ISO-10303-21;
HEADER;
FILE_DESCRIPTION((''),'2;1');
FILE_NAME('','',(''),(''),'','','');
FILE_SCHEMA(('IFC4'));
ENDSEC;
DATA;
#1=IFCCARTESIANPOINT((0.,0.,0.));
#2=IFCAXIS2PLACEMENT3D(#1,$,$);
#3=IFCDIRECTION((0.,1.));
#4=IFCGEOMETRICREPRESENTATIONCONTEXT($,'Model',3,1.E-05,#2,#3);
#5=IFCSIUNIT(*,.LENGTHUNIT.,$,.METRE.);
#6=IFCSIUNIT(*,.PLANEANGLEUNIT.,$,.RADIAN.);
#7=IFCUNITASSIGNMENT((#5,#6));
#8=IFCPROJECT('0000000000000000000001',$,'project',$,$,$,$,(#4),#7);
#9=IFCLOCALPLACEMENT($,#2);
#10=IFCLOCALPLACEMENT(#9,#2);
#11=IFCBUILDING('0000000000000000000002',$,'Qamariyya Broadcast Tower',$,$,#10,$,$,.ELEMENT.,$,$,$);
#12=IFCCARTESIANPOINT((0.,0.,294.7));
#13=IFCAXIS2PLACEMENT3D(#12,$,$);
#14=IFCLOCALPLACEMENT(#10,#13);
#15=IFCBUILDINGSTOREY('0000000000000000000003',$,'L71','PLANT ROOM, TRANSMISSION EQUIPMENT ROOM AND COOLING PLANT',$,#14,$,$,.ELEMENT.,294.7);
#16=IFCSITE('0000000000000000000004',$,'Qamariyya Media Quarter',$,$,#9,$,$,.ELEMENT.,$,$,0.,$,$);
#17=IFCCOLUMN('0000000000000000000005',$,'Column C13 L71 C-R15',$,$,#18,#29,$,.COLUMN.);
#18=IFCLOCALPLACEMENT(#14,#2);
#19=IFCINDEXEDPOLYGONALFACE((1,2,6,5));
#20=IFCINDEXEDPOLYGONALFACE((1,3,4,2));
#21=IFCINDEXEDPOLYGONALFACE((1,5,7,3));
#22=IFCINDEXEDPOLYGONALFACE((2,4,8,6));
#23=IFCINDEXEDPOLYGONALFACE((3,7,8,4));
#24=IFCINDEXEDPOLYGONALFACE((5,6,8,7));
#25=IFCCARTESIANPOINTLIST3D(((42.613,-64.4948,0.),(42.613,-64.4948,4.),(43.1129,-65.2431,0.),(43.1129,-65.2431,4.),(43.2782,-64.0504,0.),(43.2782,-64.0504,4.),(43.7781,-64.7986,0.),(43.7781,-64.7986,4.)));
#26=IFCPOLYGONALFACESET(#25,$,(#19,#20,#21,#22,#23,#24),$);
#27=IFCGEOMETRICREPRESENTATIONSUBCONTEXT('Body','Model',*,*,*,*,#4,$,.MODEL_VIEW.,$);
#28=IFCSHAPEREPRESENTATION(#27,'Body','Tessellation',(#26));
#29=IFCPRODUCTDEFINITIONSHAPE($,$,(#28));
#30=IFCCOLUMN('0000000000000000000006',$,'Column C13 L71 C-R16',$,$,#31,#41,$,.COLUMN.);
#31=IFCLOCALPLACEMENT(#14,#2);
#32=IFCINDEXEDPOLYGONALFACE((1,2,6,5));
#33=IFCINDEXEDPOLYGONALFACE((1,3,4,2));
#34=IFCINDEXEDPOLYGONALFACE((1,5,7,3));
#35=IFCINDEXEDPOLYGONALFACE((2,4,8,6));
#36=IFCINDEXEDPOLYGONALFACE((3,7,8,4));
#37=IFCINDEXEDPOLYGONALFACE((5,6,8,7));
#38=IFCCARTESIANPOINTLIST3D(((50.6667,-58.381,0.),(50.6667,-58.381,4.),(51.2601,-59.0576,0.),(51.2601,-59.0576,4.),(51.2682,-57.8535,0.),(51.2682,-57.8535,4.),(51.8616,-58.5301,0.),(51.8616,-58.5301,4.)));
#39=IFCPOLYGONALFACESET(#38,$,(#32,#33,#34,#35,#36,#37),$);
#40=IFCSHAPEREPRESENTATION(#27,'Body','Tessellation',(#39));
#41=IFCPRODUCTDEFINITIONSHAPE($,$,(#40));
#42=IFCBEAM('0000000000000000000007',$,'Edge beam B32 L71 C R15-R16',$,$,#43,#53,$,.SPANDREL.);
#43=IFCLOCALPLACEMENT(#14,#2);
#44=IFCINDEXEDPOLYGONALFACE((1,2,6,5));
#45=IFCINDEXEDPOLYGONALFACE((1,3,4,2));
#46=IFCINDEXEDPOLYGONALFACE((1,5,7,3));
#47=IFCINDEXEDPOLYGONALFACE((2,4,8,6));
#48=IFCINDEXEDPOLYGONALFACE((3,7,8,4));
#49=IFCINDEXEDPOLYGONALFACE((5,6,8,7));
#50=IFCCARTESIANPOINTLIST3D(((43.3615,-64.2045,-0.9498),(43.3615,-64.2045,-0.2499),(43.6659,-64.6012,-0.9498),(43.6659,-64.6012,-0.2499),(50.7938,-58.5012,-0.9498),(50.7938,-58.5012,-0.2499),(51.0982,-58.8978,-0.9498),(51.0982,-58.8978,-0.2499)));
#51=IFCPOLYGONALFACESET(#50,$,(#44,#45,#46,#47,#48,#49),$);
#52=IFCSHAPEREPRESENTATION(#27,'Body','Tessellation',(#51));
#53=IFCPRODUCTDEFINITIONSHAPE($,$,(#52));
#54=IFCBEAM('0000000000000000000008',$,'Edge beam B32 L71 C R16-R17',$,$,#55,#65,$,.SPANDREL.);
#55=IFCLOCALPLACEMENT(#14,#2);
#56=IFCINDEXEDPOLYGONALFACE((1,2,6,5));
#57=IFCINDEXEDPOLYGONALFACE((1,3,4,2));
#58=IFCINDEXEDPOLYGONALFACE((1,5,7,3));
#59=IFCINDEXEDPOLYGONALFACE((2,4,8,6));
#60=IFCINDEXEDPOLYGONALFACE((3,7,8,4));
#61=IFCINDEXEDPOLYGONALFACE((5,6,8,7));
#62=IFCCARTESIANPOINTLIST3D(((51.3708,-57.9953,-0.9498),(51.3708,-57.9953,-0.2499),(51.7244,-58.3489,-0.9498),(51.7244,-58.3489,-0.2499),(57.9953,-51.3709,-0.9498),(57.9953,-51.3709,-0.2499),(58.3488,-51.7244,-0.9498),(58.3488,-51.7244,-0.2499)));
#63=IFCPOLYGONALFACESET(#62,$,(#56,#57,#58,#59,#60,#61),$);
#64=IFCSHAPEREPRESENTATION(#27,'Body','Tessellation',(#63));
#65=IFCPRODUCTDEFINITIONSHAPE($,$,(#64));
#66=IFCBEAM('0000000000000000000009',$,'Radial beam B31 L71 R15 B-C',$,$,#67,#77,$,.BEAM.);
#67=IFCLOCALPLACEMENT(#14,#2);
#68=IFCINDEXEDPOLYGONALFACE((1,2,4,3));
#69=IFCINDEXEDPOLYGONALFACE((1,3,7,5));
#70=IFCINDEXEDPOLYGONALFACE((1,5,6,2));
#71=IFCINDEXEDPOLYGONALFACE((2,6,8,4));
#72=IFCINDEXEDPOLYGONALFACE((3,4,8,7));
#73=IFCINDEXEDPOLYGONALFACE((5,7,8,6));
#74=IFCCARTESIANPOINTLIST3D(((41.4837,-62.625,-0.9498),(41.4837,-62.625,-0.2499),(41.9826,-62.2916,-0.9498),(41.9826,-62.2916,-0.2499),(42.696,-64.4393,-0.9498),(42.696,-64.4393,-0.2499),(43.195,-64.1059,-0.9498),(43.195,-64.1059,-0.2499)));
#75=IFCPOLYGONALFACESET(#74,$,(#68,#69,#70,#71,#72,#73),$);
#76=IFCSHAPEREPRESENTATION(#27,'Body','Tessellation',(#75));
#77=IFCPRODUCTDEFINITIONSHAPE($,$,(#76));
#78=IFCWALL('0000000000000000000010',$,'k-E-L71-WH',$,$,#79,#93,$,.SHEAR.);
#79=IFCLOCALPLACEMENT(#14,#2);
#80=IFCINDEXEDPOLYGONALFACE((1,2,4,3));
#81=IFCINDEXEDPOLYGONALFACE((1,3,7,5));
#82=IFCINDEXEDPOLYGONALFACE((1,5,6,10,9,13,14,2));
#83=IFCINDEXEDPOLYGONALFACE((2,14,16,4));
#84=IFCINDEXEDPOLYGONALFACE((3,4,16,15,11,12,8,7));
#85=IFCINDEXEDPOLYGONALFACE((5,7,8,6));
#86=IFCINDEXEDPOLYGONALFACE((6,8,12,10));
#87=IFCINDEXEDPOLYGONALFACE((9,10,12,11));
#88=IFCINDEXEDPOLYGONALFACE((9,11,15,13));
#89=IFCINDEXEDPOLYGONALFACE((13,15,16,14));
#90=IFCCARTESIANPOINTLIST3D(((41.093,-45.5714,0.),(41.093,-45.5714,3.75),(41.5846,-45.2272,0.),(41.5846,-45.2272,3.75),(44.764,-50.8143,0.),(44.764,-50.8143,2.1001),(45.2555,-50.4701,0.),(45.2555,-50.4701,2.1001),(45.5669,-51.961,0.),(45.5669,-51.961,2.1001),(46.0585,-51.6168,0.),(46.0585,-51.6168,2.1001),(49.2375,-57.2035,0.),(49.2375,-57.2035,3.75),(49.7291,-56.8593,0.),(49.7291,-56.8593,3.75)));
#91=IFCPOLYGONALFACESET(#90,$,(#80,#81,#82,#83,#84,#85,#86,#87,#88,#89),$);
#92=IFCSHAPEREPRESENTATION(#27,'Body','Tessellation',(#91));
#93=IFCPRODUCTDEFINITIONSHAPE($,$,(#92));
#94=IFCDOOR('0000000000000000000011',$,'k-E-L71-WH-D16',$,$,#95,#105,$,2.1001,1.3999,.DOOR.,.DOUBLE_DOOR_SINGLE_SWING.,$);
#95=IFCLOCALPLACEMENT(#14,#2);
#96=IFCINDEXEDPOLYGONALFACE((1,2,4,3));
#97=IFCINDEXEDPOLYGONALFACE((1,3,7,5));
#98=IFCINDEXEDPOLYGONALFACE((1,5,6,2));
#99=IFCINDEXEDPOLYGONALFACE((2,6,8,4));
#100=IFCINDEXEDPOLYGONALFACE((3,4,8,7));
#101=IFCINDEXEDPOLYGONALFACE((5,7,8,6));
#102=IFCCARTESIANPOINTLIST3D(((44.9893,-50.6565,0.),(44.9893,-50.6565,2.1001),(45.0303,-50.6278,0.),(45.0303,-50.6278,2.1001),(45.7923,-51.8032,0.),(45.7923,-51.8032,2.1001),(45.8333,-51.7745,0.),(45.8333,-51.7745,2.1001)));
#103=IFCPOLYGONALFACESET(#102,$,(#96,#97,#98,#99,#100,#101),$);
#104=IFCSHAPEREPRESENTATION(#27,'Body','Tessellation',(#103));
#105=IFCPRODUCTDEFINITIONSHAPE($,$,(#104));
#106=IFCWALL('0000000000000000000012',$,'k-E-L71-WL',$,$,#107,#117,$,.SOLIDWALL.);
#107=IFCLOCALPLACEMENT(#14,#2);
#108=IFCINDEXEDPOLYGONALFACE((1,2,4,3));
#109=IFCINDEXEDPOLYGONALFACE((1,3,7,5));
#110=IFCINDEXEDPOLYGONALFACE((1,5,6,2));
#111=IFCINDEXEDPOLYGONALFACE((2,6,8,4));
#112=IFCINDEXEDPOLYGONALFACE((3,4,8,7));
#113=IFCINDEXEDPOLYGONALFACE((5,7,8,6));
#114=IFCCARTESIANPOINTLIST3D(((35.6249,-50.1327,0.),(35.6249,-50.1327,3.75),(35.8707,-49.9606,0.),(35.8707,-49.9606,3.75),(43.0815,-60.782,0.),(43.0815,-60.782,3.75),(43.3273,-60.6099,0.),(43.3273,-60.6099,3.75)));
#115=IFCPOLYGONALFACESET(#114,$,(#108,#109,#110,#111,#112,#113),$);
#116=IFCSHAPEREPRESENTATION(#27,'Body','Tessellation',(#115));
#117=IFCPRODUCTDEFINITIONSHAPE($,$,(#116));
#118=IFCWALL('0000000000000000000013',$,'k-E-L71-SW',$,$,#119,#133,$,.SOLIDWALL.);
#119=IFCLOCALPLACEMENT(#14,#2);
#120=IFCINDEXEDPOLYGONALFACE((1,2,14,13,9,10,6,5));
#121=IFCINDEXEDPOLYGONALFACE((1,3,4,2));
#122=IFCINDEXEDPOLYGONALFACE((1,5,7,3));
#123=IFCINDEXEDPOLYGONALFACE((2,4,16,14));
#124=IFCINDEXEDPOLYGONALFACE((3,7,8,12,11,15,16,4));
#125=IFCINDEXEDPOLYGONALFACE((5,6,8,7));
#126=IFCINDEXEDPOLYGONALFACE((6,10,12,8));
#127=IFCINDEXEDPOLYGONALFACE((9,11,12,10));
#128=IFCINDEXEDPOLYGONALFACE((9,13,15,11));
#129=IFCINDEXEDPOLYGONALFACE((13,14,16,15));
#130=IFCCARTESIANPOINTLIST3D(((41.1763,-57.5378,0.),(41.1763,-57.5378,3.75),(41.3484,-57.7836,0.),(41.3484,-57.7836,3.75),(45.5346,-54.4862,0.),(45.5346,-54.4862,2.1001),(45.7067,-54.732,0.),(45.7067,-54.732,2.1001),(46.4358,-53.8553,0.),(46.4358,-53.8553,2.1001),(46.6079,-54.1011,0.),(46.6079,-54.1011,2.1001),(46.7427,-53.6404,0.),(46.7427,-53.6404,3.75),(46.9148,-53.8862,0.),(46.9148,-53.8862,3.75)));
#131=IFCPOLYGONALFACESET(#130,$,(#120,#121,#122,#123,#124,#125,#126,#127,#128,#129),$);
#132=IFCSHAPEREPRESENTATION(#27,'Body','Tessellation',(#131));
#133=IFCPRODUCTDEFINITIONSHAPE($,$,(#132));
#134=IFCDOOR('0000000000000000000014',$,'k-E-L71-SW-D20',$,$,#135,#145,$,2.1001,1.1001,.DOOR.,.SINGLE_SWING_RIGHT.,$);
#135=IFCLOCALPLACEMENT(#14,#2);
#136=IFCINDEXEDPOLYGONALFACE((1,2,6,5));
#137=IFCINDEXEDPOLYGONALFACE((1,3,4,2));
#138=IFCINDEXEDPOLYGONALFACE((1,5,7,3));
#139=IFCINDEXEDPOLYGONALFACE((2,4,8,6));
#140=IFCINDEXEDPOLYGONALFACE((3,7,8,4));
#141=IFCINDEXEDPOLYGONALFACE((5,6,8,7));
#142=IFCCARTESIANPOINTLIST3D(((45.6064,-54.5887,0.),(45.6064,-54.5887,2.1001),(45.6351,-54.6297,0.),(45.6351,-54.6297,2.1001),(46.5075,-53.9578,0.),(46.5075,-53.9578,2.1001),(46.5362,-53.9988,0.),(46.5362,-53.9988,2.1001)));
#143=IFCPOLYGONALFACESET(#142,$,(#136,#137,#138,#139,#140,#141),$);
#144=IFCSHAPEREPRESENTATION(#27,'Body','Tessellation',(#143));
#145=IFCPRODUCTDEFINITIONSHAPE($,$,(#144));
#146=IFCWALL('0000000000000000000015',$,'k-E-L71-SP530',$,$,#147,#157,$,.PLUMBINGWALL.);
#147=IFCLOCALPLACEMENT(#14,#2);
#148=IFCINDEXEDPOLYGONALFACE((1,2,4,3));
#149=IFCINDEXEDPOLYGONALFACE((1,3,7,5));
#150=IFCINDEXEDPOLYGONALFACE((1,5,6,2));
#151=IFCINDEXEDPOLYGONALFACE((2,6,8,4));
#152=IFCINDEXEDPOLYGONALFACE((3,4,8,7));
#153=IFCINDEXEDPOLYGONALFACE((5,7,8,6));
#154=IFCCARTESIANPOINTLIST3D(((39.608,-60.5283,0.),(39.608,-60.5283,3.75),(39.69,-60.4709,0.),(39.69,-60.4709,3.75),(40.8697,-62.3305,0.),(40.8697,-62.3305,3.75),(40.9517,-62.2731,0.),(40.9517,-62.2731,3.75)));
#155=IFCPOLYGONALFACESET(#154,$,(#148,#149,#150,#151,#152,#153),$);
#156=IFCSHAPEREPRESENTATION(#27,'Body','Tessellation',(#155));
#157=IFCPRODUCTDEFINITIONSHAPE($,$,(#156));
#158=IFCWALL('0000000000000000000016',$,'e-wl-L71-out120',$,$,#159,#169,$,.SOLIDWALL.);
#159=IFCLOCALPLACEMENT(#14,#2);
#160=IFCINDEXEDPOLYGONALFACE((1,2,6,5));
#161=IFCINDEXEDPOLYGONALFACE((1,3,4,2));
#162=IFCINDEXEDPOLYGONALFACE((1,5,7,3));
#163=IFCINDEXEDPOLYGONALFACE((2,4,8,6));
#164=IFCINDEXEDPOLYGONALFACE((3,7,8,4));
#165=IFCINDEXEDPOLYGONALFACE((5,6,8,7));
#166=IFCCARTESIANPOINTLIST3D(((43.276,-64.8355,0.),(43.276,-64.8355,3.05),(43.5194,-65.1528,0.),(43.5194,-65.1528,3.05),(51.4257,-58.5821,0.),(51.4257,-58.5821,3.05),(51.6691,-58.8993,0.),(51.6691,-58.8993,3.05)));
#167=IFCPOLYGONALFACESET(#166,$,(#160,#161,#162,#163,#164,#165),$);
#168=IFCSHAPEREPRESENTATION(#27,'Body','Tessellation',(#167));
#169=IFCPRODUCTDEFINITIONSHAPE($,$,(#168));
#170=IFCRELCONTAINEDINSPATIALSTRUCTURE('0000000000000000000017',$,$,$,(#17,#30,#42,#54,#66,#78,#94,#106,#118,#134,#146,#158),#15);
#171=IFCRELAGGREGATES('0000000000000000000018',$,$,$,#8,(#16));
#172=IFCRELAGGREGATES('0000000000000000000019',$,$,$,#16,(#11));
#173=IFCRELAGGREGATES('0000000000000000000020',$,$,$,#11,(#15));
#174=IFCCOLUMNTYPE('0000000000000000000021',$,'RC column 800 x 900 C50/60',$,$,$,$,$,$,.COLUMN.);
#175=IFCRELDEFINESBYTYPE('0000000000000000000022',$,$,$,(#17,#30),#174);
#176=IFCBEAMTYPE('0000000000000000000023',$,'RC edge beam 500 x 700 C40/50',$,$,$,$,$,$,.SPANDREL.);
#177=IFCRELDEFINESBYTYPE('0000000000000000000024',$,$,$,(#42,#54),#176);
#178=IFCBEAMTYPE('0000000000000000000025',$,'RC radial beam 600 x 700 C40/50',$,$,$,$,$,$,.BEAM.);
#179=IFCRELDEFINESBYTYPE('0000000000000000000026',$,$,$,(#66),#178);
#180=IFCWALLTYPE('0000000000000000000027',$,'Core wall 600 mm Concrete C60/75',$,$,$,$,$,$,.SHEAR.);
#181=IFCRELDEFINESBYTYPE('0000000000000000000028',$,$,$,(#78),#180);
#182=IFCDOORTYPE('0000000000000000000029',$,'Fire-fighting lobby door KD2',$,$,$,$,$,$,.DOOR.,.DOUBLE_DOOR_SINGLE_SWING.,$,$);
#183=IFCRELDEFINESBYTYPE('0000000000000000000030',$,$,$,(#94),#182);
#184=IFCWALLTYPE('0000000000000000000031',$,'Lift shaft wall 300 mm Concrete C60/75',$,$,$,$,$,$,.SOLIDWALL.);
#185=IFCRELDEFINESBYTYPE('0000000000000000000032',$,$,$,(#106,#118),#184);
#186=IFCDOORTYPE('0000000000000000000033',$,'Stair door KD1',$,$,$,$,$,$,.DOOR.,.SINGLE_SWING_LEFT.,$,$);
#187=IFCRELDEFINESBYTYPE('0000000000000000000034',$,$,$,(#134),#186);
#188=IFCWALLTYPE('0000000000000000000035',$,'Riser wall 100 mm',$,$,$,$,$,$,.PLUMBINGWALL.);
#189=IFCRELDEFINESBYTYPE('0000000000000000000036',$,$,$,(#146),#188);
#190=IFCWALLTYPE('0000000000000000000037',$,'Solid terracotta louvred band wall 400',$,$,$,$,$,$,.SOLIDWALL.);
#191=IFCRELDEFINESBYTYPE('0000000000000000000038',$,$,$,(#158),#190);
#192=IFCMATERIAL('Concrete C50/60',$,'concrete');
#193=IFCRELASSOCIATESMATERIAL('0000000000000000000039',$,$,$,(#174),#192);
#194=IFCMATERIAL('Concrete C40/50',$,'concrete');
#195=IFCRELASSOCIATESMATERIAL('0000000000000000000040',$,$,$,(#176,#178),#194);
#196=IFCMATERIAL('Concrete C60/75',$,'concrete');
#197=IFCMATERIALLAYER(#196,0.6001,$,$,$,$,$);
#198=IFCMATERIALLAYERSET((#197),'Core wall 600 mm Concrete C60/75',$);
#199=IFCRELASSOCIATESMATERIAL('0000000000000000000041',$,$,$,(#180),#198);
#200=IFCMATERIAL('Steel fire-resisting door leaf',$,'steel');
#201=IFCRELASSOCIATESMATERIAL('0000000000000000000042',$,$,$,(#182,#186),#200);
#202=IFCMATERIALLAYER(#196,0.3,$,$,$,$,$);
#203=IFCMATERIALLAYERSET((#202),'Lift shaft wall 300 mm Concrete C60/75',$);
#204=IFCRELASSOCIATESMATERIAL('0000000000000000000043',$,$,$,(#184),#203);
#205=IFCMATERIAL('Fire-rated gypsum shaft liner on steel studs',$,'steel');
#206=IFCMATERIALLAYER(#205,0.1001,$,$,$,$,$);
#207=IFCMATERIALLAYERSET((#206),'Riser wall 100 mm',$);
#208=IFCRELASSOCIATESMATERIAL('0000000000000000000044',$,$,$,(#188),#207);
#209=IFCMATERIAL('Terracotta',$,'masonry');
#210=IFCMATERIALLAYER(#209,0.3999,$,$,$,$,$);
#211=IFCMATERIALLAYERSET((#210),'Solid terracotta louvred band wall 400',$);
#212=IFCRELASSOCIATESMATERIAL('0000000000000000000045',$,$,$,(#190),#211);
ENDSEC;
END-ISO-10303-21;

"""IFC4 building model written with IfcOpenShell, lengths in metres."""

from ifc_helpers import new_model, si_unit, direction, frame, frame_2d, origin, origin_2d, place, context, subcontext, project, spatial, rectangle, extrude, material, layer, layer_set, material_profile, profile_set, type_object, element, fill, save


model = new_model("IFC4")

# Units and contexts
model_context = context("Model", 3, precision=1e-05, world=origin(), true_north=direction((0.0, 1.0)))
body_context = subcontext(model_context, "Body", "Model", "MODEL_VIEW")
ifc_project = project(units=[si_unit("LENGTHUNIT", "METRE"), si_unit("PLANEANGLEUNIT", "RADIAN")], contexts=[model_context])

# Site, building, storey
site_placement = place(None, origin())
site = spatial("IfcSite", under=ifc_project, at=site_placement, Name="Qamariyya Media Quarter", CompositionType="ELEMENT", RefElevation=0.0)
building_placement = place(site_placement, origin())
building = spatial("IfcBuilding", under=site, at=building_placement, Name="Qamariyya Broadcast Tower", CompositionType="ELEMENT")
storey_placement = place(building_placement, frame((0.0, 0.0, 294.7)))
storey = spatial("IfcBuildingStorey", under=building, at=storey_placement, Name="L71", Description="PLANT ROOM, TRANSMISSION EQUIPMENT ROOM AND COOLING PLANT", CompositionType="ELEMENT", Elevation=294.7)

# Columns
ifc_material_1 = material(Name="Concrete C50/60", Category="concrete")
ifc_material_profile_1 = material_profile(ifc_material_1, rectangle(XDim=0.8, YDim=0.8999, at=origin_2d()))
ifc_profile_set_1 = profile_set([ifc_material_profile_1], Name="Concrete C50/60")
column_type = type_object("IfcColumnType", Name="RC column 800 x 900 C50/60", PredefinedType="COLUMN", material=ifc_profile_set_1)
for number, where, z_axis, x_axis, name in (
    (1, (43.1956, -64.6467, 0.0), (0.0, 0.0, 1.0), (0.83147, 0.55557, 0.0), "Column C13 L71 C-R15"),
    (2, (51.2642, -58.4556, 0.0), (0.0, 0.0, 1.0), (0.75184, 0.659346, 0.0), "Column C13 L71 C-R16"),
):
    element("IfcColumn", number, at=place(storey_placement, frame(where, z_axis=z_axis, x_axis=x_axis)), inside=storey, type_object=column_type, Name=name, PredefinedType="COLUMN", context=body_context, shape_type="SweptSolid", body=[
        extrude(rectangle(XDim=0.8, YDim=0.8999, at=origin_2d()), origin(), (0.0, 0.0, 1.0), 4.0),
    ])

# Beams
ifc_material_2 = material(Name="Concrete C40/50", Category="concrete")
ifc_material_profile_2 = material_profile(ifc_material_2, rectangle(XDim=0.5, YDim=0.7, at=origin_2d()))
ifc_profile_set_2 = profile_set([ifc_material_profile_2], Name="Concrete C40/50")
beam_type_1 = type_object("IfcBeamType", Name="RC edge beam 500 x 700 C40/50", PredefinedType="SPANDREL", material=ifc_profile_set_2)
for number, where, z_axis, x_axis, name in (
    (3, (43.5137, -64.4028, -0.5999), (0.793337, 0.608782, 0.0), (-0.608782, 0.793337, 0.0), "Edge beam B32 L71 C R15-R16"),
    (4, (51.5476, -58.1721, -0.5999), (0.707107, 0.707107, 0.0), (-0.707107, 0.707107, 0.0), "Edge beam B32 L71 C R16-R17"),
):
    element("IfcBeam", number, at=place(storey_placement, frame(where, z_axis=z_axis, x_axis=x_axis)), inside=storey, type_object=beam_type_1, Name=name, PredefinedType="SPANDREL", context=body_context, shape_type="SweptSolid", body=[
        extrude(rectangle(XDim=0.5, YDim=0.7, at=origin_2d()), origin(), (0.0, 0.0, 1.0), 9.3684),
    ])
ifc_material_profile_3 = material_profile(ifc_material_2, rectangle(XDim=0.6001, YDim=0.7, at=origin_2d()))
ifc_profile_set_3 = profile_set([ifc_material_profile_3], Name="Concrete C40/50")
beam_type_2 = type_object("IfcBeamType", Name="RC radial beam 600 x 700 C40/50", PredefinedType="BEAM", material=ifc_profile_set_3)
beam_placement = place(storey_placement, frame((41.7332, -62.4583, -0.5999), z_axis=(0.555578, -0.831465, 0.0), x_axis=(0.831465, 0.555578, 0.0)))
element("IfcBeam", 5, at=beam_placement, inside=storey, type_object=beam_type_2, Name="Radial beam B31 L71 R15 B-C", PredefinedType="BEAM", context=body_context, shape_type="SweptSolid", body=[
    extrude(rectangle(XDim=0.6001, YDim=0.7, at=origin_2d()), origin(), (0.0, 0.0, 1.0), 2.1821),
])

# Wall, opening, door
ifc_material_3 = material(Name="Concrete C60/75", Category="concrete")
ifc_layer_1 = layer(ifc_material_3, 0.6001)
ifc_layer_set_1 = layer_set([ifc_layer_1], Name="Core wall 600 mm Concrete C60/75")
wall_type_1 = type_object("IfcWallType", Name="Core wall 600 mm Concrete C60/75", PredefinedType="SHEAR", material=ifc_layer_set_1)
wall_1_placement = place(storey_placement, frame((49.4834, -57.0315, 0.0), z_axis=(0.0, 0.0, 1.0), x_axis=(-0.57356, 0.819163, 0.0)))
wall_1 = element("IfcWall", 6, at=wall_1_placement, inside=storey, type_object=wall_type_1, Name="k-E-L71-WH", PredefinedType="SHEAR", context=body_context, shape_type="SweptSolid", body=[
    extrude(rectangle(XDim=14.2, YDim=0.6001, at=frame_2d((7.1001, 0.0))), origin(), (0.0, 0.0, 1.0), 3.75),
])
opening_1_placement = place(wall_1_placement, frame((6.3999, 0.0, 0.0)))
opening_1 = element("IfcOpeningElement", 7, at=opening_1_placement, cuts=wall_1, PredefinedType="OPENING", context=body_context, shape_type="SweptSolid", body=[
    extrude(rectangle(XDim=1.3999, YDim=2.1001, at=frame_2d((0.7, 1.05))), frame((0.0, 0.3101, 0.0), z_axis=(0.0, -1.0, 0.0), x_axis=(1.0, 0.0, 0.0)), (0.0, 0.0, 1.0), 0.6201),
])
ifc_material_4 = material(Name="Steel fire-resisting door leaf", Category="steel")
door_type_1 = type_object("IfcDoorType", Name="Fire-fighting lobby door KD2", OperationType="DOUBLE_DOOR_SINGLE_SWING", PredefinedType="DOOR", material=ifc_material_4)
door_1_placement = place(opening_1_placement, origin())
door_1 = element("IfcDoor", 8, at=door_1_placement, inside=storey, type_object=door_type_1, Name="k-E-L71-WH-D16", OperationType="DOUBLE_DOOR_SINGLE_SWING", OverallHeight=2.1001, OverallWidth=1.3999, PredefinedType="DOOR", context=body_context, shape_type="SweptSolid", body=[
    extrude(rectangle(XDim=1.3999, YDim=2.1001, at=frame_2d((0.7, 1.05))), frame((0.0, 0.0249, 0.0), z_axis=(0.0, -1.0, 0.0), x_axis=(1.0, 0.0, 0.0)), (0.0, 0.0, 1.0), 0.05),
])
fill(opening_1, door_1)

# Wall
ifc_layer_2 = layer(ifc_material_3, 0.3)
ifc_layer_set_2 = layer_set([ifc_layer_2], Name="Lift shaft wall 300 mm Concrete C60/75")
wall_type_2 = type_object("IfcWallType", Name="Lift shaft wall 300 mm Concrete C60/75", PredefinedType="SOLIDWALL", material=ifc_layer_set_2)
wall_2_placement = place(storey_placement, frame((43.2043, -60.6958, 0.0), z_axis=(0.0, 0.0, 1.0), x_axis=(-0.573572, 0.819155, 0.0)))
element("IfcWall", 9, at=wall_2_placement, inside=storey, type_object=wall_type_2, Name="k-E-L71-WL", PredefinedType="SOLIDWALL", context=body_context, shape_type="SweptSolid", body=[
    extrude(rectangle(XDim=13.0002, YDim=0.3, at=frame_2d((6.5, 0.0))), origin(), (0.0, 0.0, 1.0), 3.75),
])

# Wall, opening, door
wall_3_placement = place(storey_placement, frame((41.2625, -57.6606, 0.0), z_axis=(0.0, 0.0, 1.0), x_axis=(0.819164, 0.573559, 0.0)))
wall_3 = element("IfcWall", 10, at=wall_3_placement, inside=storey, type_object=wall_type_2, Name="k-E-L71-SW", PredefinedType="SOLIDWALL", context=body_context, shape_type="SweptSolid", body=[
    extrude(rectangle(XDim=6.7952, YDim=0.3, at=frame_2d((3.3975, 0.0))), origin(), (0.0, 0.0, 1.0), 3.75),
])
opening_2_placement = place(wall_3_placement, frame((5.3203, 0.0, 0.0)))
opening_2 = element("IfcOpeningElement", 11, at=opening_2_placement, cuts=wall_3, PredefinedType="OPENING", context=body_context, shape_type="SweptSolid", body=[
    extrude(rectangle(XDim=1.1001, YDim=2.1001, at=frame_2d((0.55, 1.05))), frame((0.0, 0.1599, 0.0), z_axis=(0.0, -1.0, 0.0), x_axis=(1.0, 0.0, 0.0)), (0.0, 0.0, 1.0), 0.3201),
])
door_type_2 = type_object("IfcDoorType", Name="Stair door KD1", OperationType="SINGLE_SWING_LEFT", PredefinedType="DOOR", material=ifc_material_4)
door_2_placement = place(opening_2_placement, origin())
door_2 = element("IfcDoor", 12, at=door_2_placement, inside=storey, type_object=door_type_2, Name="k-E-L71-SW-D20", OperationType="SINGLE_SWING_RIGHT", OverallHeight=2.1001, OverallWidth=1.1001, PredefinedType="DOOR", context=body_context, shape_type="SweptSolid", body=[
    extrude(rectangle(XDim=1.1001, YDim=2.1001, at=frame_2d((0.55, 1.05))), frame((0.0, 0.0249, 0.0), z_axis=(0.0, -1.0, 0.0), x_axis=(1.0, 0.0, 0.0)), (0.0, 0.0, 1.0), 0.05),
])
fill(opening_2, door_2)

# Walls
ifc_material_5 = material(Name="Fire-rated gypsum shaft liner on steel studs", Category="steel")
ifc_layer_3 = layer(ifc_material_5, 0.1001)
ifc_layer_set_3 = layer_set([ifc_layer_3], Name="Riser wall 100 mm")
wall_type_3 = type_object("IfcWallType", Name="Riser wall 100 mm", PredefinedType="PLUMBINGWALL", material=ifc_layer_set_3)
wall_4_placement = place(storey_placement, frame((39.6489, -60.4995, 0.0), z_axis=(0.0, 0.0, 1.0), x_axis=(0.573507, -0.819201, 0.0)))
element("IfcWall", 13, at=wall_4_placement, inside=storey, type_object=wall_type_3, Name="k-E-L71-SP530", PredefinedType="PLUMBINGWALL", context=body_context, shape_type="SweptSolid", body=[
    extrude(rectangle(XDim=2.2, YDim=0.1001, at=frame_2d((1.1001, 0.0))), origin(), (0.0, 0.0, 1.0), 3.75),
])
ifc_material_6 = material(Name="Terracotta", Category="masonry")
ifc_layer_4 = layer(ifc_material_6, 0.3999)
ifc_layer_set_4 = layer_set([ifc_layer_4], Name="Solid terracotta louvred band wall 400")
wall_type_4 = type_object("IfcWallType", Name="Solid terracotta louvred band wall 400", PredefinedType="SOLIDWALL", material=ifc_layer_set_4)
wall_5_placement = place(storey_placement, frame((43.3977, -64.9941, 0.0), z_axis=(0.0, 0.0, 1.0), x_axis=(0.793355, 0.608759, 0.0)))
element("IfcWall", 14, at=wall_5_placement, inside=storey, type_object=wall_type_4, Name="e-wl-L71-out120", PredefinedType="SOLIDWALL", context=body_context, shape_type="SweptSolid", body=[
    extrude(rectangle(XDim=10.2725, YDim=0.3999, at=frame_2d((5.1362, 0.0))), origin(), (0.0, 0.0, 1.0), 3.05),
])

save(model, "model.ifc")
